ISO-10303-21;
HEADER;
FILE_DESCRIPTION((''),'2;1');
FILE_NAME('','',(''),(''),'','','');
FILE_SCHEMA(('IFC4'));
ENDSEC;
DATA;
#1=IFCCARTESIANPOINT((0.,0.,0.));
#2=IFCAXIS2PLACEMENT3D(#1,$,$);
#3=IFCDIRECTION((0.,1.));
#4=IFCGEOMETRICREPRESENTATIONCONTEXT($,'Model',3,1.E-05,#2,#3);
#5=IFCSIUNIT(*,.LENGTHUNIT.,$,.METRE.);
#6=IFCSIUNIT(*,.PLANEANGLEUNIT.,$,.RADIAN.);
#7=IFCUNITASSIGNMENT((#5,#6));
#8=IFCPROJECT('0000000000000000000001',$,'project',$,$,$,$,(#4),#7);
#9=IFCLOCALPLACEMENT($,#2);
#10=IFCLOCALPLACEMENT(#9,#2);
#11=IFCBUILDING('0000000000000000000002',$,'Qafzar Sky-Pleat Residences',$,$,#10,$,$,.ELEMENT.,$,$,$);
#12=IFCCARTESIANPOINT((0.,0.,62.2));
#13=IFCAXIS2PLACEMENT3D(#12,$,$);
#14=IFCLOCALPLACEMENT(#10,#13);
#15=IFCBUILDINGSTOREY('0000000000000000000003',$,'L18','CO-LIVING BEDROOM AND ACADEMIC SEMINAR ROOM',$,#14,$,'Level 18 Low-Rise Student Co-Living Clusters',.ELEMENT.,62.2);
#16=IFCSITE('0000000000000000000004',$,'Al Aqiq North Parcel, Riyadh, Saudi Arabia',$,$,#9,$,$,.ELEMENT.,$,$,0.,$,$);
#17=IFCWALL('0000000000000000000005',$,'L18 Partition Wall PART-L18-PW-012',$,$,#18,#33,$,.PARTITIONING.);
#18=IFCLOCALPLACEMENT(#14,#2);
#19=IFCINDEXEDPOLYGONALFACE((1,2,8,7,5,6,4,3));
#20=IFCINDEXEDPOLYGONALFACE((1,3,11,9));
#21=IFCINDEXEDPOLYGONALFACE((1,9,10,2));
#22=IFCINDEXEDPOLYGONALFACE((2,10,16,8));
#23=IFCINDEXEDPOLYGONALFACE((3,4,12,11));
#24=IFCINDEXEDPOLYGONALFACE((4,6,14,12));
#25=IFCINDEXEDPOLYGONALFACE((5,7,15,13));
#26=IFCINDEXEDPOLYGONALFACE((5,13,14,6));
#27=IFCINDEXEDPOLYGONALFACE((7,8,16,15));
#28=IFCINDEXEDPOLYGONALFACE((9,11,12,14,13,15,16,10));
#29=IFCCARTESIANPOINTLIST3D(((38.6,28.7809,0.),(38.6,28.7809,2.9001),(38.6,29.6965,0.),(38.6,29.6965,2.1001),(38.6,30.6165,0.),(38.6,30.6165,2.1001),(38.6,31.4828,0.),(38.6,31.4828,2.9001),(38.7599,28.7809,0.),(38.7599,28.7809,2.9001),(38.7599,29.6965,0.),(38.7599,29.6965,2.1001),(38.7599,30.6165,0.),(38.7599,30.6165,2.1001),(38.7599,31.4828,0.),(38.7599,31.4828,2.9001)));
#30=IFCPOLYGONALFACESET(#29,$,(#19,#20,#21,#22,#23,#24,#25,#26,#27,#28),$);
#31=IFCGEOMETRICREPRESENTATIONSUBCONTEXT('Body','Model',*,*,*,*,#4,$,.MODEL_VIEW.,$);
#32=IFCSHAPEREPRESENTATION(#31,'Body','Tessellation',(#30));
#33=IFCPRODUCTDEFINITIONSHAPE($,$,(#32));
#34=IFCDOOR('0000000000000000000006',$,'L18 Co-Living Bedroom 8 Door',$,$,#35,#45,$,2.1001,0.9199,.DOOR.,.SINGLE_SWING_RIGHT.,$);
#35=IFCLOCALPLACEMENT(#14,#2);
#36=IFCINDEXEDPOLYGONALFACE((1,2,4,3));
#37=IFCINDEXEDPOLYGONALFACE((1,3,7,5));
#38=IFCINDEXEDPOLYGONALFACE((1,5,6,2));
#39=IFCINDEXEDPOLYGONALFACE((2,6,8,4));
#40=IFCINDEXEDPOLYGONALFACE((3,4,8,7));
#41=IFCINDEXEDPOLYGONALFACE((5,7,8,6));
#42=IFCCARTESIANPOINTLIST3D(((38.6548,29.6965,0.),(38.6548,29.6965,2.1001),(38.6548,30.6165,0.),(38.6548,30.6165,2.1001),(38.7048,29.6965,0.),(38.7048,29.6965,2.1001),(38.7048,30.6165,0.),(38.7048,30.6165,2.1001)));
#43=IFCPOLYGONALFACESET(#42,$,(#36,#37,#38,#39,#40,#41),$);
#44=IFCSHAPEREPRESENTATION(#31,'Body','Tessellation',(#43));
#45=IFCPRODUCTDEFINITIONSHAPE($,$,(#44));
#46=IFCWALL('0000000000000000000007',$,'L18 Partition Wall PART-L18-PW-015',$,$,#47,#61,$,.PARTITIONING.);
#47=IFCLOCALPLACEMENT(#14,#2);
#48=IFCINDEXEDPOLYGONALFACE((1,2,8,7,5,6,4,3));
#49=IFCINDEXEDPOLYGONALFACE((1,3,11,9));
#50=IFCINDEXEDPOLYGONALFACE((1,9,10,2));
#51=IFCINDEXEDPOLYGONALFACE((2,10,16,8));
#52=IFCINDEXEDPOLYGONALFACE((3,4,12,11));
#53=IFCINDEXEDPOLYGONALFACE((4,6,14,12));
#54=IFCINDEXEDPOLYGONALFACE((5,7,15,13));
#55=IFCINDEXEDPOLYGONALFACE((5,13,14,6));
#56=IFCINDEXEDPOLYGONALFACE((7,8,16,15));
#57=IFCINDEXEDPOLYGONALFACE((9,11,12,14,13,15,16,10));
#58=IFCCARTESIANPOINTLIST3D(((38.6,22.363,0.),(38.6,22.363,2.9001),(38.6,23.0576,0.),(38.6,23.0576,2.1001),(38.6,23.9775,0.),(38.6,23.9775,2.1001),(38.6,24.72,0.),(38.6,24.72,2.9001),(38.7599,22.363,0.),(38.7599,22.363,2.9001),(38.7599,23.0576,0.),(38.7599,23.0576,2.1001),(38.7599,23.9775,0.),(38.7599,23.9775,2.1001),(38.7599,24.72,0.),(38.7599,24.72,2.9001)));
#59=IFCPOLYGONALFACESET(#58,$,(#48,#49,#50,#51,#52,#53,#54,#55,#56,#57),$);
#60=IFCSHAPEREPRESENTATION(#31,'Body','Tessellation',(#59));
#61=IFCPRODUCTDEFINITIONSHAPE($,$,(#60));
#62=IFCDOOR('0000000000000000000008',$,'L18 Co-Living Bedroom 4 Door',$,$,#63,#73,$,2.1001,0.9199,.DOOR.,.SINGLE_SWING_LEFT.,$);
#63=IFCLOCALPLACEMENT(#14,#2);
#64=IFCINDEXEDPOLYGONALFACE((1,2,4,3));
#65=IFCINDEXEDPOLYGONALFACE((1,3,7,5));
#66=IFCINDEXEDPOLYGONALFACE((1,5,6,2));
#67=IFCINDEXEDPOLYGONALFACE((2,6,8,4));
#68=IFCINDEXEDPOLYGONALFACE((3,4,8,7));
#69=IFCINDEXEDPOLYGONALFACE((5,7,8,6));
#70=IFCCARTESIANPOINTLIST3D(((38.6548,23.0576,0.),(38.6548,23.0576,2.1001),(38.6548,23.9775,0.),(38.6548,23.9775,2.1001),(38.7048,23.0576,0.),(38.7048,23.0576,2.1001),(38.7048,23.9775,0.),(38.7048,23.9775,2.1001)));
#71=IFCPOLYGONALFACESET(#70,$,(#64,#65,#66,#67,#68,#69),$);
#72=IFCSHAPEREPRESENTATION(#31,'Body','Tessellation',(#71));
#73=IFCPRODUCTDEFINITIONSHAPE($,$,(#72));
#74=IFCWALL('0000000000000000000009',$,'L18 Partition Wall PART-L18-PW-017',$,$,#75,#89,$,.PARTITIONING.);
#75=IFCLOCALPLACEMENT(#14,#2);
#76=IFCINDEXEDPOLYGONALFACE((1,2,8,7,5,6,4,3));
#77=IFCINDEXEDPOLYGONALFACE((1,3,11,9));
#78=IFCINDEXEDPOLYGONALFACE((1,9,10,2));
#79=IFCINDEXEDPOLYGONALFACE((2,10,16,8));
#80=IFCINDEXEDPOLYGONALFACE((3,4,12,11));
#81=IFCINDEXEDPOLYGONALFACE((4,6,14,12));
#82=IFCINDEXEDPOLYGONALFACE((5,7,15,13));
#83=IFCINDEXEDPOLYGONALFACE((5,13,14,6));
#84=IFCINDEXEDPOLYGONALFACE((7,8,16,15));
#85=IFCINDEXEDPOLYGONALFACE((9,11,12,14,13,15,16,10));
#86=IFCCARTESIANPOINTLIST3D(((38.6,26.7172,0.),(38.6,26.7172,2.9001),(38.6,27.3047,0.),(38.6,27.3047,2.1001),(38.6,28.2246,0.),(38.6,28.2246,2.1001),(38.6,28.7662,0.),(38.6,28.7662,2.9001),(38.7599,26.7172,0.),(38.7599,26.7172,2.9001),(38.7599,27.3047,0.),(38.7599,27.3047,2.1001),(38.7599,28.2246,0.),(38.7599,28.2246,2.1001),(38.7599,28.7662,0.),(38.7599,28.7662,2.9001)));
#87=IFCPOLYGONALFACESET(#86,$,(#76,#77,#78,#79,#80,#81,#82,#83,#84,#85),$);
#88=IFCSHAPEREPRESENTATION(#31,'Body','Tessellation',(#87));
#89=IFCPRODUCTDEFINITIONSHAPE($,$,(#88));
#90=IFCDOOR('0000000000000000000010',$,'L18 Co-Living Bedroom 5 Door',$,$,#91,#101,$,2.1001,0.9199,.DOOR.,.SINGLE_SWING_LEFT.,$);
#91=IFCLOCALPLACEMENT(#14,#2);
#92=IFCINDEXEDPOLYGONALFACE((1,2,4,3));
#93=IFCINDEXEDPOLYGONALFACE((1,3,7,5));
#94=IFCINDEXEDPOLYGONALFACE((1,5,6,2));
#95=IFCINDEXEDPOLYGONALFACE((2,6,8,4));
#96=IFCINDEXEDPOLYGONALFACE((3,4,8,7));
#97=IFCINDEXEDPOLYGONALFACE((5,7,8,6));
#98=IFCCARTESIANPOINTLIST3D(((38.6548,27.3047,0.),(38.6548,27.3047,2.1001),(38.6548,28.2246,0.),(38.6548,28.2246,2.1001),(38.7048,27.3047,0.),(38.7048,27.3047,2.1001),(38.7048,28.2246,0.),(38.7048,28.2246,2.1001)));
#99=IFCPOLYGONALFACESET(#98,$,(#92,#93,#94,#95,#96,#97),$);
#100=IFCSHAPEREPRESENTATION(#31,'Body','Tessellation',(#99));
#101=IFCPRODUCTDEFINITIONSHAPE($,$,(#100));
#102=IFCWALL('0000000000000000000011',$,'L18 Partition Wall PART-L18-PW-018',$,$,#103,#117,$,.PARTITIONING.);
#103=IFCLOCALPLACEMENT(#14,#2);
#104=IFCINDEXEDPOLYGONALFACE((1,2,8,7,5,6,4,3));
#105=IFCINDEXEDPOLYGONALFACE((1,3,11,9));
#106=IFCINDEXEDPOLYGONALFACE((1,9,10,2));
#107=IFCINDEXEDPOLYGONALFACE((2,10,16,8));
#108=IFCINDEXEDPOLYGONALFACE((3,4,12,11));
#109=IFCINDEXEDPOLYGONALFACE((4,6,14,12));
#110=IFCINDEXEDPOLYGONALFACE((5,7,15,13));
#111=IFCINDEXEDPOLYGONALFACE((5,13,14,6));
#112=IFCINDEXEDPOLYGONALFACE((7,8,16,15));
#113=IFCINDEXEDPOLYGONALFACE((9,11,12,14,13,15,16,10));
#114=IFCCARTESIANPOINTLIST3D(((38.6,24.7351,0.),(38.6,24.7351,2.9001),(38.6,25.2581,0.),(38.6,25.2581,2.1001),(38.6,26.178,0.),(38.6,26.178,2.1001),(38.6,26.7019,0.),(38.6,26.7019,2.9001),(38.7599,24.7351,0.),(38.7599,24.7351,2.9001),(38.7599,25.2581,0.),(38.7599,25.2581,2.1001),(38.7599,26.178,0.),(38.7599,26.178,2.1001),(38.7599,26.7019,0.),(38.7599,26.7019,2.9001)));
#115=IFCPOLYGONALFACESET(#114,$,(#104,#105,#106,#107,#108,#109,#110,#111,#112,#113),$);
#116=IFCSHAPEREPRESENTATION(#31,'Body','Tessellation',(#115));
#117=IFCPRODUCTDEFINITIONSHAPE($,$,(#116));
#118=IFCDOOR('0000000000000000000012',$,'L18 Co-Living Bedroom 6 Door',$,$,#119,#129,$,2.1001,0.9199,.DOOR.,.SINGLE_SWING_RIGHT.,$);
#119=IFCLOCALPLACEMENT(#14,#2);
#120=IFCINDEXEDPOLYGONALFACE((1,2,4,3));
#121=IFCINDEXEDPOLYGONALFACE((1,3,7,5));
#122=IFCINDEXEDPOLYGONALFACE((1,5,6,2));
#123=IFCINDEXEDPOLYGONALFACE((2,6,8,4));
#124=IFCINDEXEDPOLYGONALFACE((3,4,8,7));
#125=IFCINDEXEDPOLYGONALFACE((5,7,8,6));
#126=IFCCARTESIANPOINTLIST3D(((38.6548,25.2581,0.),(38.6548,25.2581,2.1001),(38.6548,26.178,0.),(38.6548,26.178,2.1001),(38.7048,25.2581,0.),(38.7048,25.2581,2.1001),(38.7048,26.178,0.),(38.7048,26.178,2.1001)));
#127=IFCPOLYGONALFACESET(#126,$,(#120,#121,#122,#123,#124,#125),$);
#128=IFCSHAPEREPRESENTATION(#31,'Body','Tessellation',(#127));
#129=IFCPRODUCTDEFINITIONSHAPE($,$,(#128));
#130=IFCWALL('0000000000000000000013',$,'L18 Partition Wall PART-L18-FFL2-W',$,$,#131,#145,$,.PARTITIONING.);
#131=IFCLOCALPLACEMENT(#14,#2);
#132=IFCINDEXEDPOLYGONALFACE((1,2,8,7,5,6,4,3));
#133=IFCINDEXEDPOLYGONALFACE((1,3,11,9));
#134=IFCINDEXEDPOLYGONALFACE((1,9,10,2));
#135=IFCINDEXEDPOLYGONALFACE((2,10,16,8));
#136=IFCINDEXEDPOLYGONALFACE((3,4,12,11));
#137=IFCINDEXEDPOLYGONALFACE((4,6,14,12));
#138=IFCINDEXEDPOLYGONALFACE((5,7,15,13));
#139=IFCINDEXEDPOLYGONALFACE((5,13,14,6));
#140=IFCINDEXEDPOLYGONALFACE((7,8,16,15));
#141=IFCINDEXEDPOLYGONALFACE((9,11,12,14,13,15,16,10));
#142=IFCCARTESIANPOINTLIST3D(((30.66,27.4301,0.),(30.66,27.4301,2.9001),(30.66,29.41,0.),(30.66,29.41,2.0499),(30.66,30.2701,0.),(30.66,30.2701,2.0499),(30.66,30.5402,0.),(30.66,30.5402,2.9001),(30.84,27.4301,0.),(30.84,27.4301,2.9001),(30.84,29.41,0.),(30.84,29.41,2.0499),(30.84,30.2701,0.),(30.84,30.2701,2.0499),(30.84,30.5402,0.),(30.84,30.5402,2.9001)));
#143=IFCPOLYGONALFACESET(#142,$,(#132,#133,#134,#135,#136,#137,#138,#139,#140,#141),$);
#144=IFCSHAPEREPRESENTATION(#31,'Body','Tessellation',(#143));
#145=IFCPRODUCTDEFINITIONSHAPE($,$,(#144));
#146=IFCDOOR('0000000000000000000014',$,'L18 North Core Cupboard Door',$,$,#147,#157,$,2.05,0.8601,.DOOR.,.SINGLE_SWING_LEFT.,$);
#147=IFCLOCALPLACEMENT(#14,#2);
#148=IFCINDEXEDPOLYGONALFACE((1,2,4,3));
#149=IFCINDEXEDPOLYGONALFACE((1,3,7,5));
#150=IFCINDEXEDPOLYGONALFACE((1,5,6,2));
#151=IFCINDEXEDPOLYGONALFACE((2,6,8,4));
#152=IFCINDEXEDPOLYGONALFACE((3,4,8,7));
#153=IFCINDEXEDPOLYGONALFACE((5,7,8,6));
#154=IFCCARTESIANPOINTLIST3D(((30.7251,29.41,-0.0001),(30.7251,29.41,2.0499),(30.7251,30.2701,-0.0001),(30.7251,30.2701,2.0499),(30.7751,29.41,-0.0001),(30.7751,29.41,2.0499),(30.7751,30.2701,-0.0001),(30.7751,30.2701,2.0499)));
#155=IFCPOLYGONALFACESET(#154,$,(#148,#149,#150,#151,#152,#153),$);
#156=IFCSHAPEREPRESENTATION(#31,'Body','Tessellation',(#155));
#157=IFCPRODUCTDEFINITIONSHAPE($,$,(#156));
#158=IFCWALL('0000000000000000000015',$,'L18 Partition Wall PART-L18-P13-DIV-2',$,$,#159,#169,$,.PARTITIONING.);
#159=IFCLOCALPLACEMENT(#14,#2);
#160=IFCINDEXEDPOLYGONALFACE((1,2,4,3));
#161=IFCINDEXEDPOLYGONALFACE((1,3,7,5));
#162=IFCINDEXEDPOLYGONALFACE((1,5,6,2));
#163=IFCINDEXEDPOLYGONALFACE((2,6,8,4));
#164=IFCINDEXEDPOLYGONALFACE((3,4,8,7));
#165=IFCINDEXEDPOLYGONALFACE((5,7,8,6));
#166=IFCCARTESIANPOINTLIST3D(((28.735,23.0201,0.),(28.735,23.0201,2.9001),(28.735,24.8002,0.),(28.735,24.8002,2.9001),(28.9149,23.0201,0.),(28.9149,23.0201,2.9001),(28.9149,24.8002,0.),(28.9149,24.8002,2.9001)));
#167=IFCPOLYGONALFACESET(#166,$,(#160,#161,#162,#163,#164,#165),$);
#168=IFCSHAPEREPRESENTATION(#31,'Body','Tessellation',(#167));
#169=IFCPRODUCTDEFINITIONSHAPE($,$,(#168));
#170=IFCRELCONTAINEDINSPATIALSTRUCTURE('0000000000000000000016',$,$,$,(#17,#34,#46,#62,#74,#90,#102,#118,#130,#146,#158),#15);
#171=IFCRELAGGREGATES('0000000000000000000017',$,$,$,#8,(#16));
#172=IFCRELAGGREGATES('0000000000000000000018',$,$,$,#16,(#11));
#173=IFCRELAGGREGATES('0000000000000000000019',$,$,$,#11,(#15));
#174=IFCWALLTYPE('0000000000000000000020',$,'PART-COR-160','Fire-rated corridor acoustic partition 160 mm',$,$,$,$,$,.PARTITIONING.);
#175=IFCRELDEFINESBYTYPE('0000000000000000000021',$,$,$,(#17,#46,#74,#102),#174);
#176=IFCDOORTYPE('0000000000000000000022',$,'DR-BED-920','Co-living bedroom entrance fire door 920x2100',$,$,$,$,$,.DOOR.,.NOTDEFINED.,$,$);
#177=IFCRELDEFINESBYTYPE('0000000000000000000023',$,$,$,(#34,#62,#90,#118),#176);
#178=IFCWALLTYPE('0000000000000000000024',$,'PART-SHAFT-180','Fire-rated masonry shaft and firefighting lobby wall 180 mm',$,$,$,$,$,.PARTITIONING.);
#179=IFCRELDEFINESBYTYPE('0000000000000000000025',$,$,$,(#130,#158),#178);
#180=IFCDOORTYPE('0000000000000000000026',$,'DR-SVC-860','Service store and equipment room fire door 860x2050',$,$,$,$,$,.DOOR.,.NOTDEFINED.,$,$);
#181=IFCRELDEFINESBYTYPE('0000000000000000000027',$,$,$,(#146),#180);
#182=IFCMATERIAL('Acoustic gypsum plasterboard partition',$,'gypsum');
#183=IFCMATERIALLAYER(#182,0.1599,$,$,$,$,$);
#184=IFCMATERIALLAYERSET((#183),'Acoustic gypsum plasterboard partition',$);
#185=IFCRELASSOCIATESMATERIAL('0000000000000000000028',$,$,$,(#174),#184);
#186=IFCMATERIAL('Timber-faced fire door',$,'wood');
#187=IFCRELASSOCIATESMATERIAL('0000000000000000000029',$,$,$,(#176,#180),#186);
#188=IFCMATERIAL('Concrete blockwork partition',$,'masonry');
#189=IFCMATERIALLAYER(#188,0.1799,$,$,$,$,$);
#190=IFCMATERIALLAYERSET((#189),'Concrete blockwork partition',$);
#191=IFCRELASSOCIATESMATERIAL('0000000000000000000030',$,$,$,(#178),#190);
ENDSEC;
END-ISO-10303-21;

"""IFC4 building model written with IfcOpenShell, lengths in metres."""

from ifc_helpers import new_model, si_unit, direction, frame, frame_2d, origin, place, context, subcontext, project, spatial, rectangle, extrude, source, transform, mapped, material, layer, layer_set, type_object, element, fill, save


model = new_model("IFC4")

# Units and contexts
model_context = context("Model", 3, precision=1e-05, world=origin(), true_north=direction((0.0, 1.0)))
body_context = subcontext(model_context, "Body", "Model", "MODEL_VIEW")
ifc_project = project(units=[si_unit("LENGTHUNIT", "METRE"), si_unit("PLANEANGLEUNIT", "RADIAN")], contexts=[model_context])

# Site, building, storey
site_placement = place(None, origin())
site = spatial("IfcSite", under=ifc_project, at=site_placement, Name="Al Aqiq North Parcel, Riyadh, Saudi Arabia", CompositionType="ELEMENT", RefElevation=0.0)
building_placement = place(site_placement, origin())
building = spatial("IfcBuilding", under=site, at=building_placement, Name="Qafzar Sky-Pleat Residences", CompositionType="ELEMENT")
storey_placement = place(building_placement, frame((0.0, 0.0, 62.2)))
storey = spatial("IfcBuildingStorey", under=building, at=storey_placement, Name="L18", Description="CO-LIVING BEDROOM AND ACADEMIC SEMINAR ROOM", LongName="Level 18 Low-Rise Student Co-Living Clusters", CompositionType="ELEMENT", Elevation=62.2)

# Walls, openings, doors
ifc_material_1 = material(Name="Acoustic gypsum plasterboard partition", Category="gypsum")
ifc_layer_1 = layer(ifc_material_1, 0.1599)
ifc_layer_set_1 = layer_set([ifc_layer_1], Name="Acoustic gypsum plasterboard partition")
wall_type_1 = type_object("IfcWallType", Name="PART-COR-160", Description="Fire-rated corridor acoustic partition 160 mm", PredefinedType="PARTITIONING", material=ifc_layer_set_1)
wall_1_placement = place(storey_placement, frame((38.6799, 31.4829, 0.0), z_axis=(0.0, 0.0, 1.0), x_axis=(0.0, -1.0, 0.0)))
wall_1 = element("IfcWall", 1, at=wall_1_placement, inside=storey, type_object=wall_type_1, Name="L18 Partition Wall PART-L18-PW-012", PredefinedType="PARTITIONING", context=body_context, shape_type="SweptSolid", body=[
    extrude(rectangle(XDim=2.7019, YDim=0.1599, at=frame_2d((1.3511, 0.0))), origin(), (0.0, 0.0, 1.0), 2.9001),
])
opening_1_placement = place(wall_1_placement, frame((0.8665, 0.0, 0.0)))
opening_1 = element("IfcOpeningElement", 2, at=opening_1_placement, cuts=wall_1, PredefinedType="OPENING", context=body_context, shape_type="SweptSolid", body=[
    extrude(rectangle(XDim=0.9199, YDim=2.1001, at=frame_2d((0.46, 1.05))), frame((0.0, 0.0898, 0.0), z_axis=(0.0, -1.0, 0.0), x_axis=(1.0, 0.0, 0.0)), (0.0, 0.0, 1.0), 0.1799),
])
ifc_material_2 = material(Name="Timber-faced fire door", Category="wood")
door_type_1 = type_object("IfcDoorType", Name="DR-BED-920", Description="Co-living bedroom entrance fire door 920x2100", OperationType="NOTDEFINED", PredefinedType="DOOR", material=ifc_material_2)
shared_shape_1 = source(origin(), body_context, "Body", "SweptSolid", [
    extrude(rectangle(XDim=0.9199, YDim=2.1001, at=frame_2d((0.46, 1.05))), frame((0.0, 0.0249, 0.0), z_axis=(0.0, -1.0, 0.0), x_axis=(1.0, 0.0, 0.0)), (0.0, 0.0, 1.0), 0.05),
])
door_1_placement = place(opening_1_placement, origin())
door_1 = element("IfcDoor", 3, at=door_1_placement, inside=storey, type_object=door_type_1, Name="L18 Co-Living Bedroom 8 Door", OperationType="SINGLE_SWING_RIGHT", OverallHeight=2.1001, OverallWidth=0.9199, PredefinedType="DOOR", context=body_context, shape_type="MappedRepresentation", body=[
    mapped(shared_shape_1, transform((0.0, 0.0, 0.0), x_axis=(1.0, 0.0, 0.0), y_axis=(0.0, 1.0, 0.0), z_axis=(0.0, 0.0, 1.0), scale=1.0)),
])
fill(opening_1, door_1)
wall_2_placement = place(storey_placement, frame((38.6799, 24.72, 0.0), z_axis=(0.0, 0.0, 1.0), x_axis=(0.0, -1.0, 0.0)))
wall_2 = element("IfcWall", 4, at=wall_2_placement, inside=storey, type_object=wall_type_1, Name="L18 Partition Wall PART-L18-PW-015", PredefinedType="PARTITIONING", context=body_context, shape_type="SweptSolid", body=[
    extrude(rectangle(XDim=2.3569, YDim=0.1599, at=frame_2d((1.1785, 0.0))), origin(), (0.0, 0.0, 1.0), 2.9001),
])
opening_2_placement = place(wall_2_placement, frame((0.7424, 0.0, 0.0)))
opening_2 = element("IfcOpeningElement", 5, at=opening_2_placement, cuts=wall_2, PredefinedType="OPENING", context=body_context, shape_type="SweptSolid", body=[
    extrude(rectangle(XDim=0.9199, YDim=2.1001, at=frame_2d((0.46, 1.05))), frame((0.0, 0.0898, 0.0), z_axis=(0.0, -1.0, 0.0), x_axis=(1.0, 0.0, 0.0)), (0.0, 0.0, 1.0), 0.1799),
])
door_2_placement = place(opening_2_placement, origin())
door_2 = element("IfcDoor", 6, at=door_2_placement, inside=storey, type_object=door_type_1, Name="L18 Co-Living Bedroom 4 Door", OperationType="SINGLE_SWING_LEFT", OverallHeight=2.1001, OverallWidth=0.9199, PredefinedType="DOOR", context=body_context, shape_type="MappedRepresentation", body=[
    mapped(shared_shape_1, transform((0.0, 0.0, 0.0), x_axis=(1.0, 0.0, 0.0), y_axis=(0.0, 1.0, 0.0), z_axis=(0.0, 0.0, 1.0), scale=1.0)),
])
fill(opening_2, door_2)
wall_3_placement = place(storey_placement, frame((38.6799, 28.7661, 0.0), z_axis=(0.0, 0.0, 1.0), x_axis=(0.0, -1.0, 0.0)))
wall_3 = element("IfcWall", 7, at=wall_3_placement, inside=storey, type_object=wall_type_1, Name="L18 Partition Wall PART-L18-PW-017", PredefinedType="PARTITIONING", context=body_context, shape_type="SweptSolid", body=[
    extrude(rectangle(XDim=2.0491, YDim=0.1599, at=frame_2d((1.0244, 0.0))), origin(), (0.0, 0.0, 1.0), 2.9001),
])
opening_3_placement = place(wall_3_placement, frame((0.5415, 0.0, 0.0)))
opening_3 = element("IfcOpeningElement", 8, at=opening_3_placement, cuts=wall_3, PredefinedType="OPENING", context=body_context, shape_type="SweptSolid", body=[
    extrude(rectangle(XDim=0.9199, YDim=2.1001, at=frame_2d((0.46, 1.05))), frame((0.0, 0.0898, 0.0), z_axis=(0.0, -1.0, 0.0), x_axis=(1.0, 0.0, 0.0)), (0.0, 0.0, 1.0), 0.1799),
])
door_3_placement = place(opening_3_placement, origin())
door_3 = element("IfcDoor", 9, at=door_3_placement, inside=storey, type_object=door_type_1, Name="L18 Co-Living Bedroom 5 Door", OperationType="SINGLE_SWING_LEFT", OverallHeight=2.1001, OverallWidth=0.9199, PredefinedType="DOOR", context=body_context, shape_type="MappedRepresentation", body=[
    mapped(shared_shape_1, transform((0.0, 0.0, 0.0), x_axis=(1.0, 0.0, 0.0), y_axis=(0.0, 1.0, 0.0), z_axis=(0.0, 0.0, 1.0), scale=1.0)),
])
fill(opening_3, door_3)
wall_4_placement = place(storey_placement, frame((38.6799, 26.7019, 0.0), z_axis=(0.0, 0.0, 1.0), x_axis=(0.0, -1.0, 0.0)))
wall_4 = element("IfcWall", 10, at=wall_4_placement, inside=storey, type_object=wall_type_1, Name="L18 Partition Wall PART-L18-PW-018", PredefinedType="PARTITIONING", context=body_context, shape_type="SweptSolid", body=[
    extrude(rectangle(XDim=1.9668, YDim=0.1599, at=frame_2d((0.9834, 0.0))), origin(), (0.0, 0.0, 1.0), 2.9001),
])
opening_4_placement = place(wall_4_placement, frame((0.5239, 0.0, 0.0)))
opening_4 = element("IfcOpeningElement", 11, at=opening_4_placement, cuts=wall_4, PredefinedType="OPENING", context=body_context, shape_type="SweptSolid", body=[
    extrude(rectangle(XDim=0.9199, YDim=2.1001, at=frame_2d((0.46, 1.05))), frame((0.0, 0.0898, 0.0), z_axis=(0.0, -1.0, 0.0), x_axis=(1.0, 0.0, 0.0)), (0.0, 0.0, 1.0), 0.1799),
])
door_4_placement = place(opening_4_placement, origin())
door_4 = element("IfcDoor", 12, at=door_4_placement, inside=storey, type_object=door_type_1, Name="L18 Co-Living Bedroom 6 Door", OperationType="SINGLE_SWING_RIGHT", OverallHeight=2.1001, OverallWidth=0.9199, PredefinedType="DOOR", context=body_context, shape_type="MappedRepresentation", body=[
    mapped(shared_shape_1, transform((0.0, 0.0, 0.0), x_axis=(1.0, 0.0, 0.0), y_axis=(0.0, 1.0, 0.0), z_axis=(0.0, 0.0, 1.0), scale=1.0)),
])
fill(opening_4, door_4)
ifc_material_3 = material(Name="Concrete blockwork partition", Category="masonry")
ifc_layer_2 = layer(ifc_material_3, 0.1799)
ifc_layer_set_2 = layer_set([ifc_layer_2], Name="Concrete blockwork partition")
wall_type_2 = type_object("IfcWallType", Name="PART-SHAFT-180", Description="Fire-rated masonry shaft and firefighting lobby wall 180 mm", PredefinedType="PARTITIONING", material=ifc_layer_set_2)
wall_5_placement = place(storey_placement, frame((30.75, 27.4299, 0.0), z_axis=(0.0, 0.0, 1.0), x_axis=(0.0, 1.0, 0.0)))
wall_5 = element("IfcWall", 13, at=wall_5_placement, inside=storey, type_object=wall_type_2, Name="L18 Partition Wall PART-L18-FFL2-W", PredefinedType="PARTITIONING", context=body_context, shape_type="SweptSolid", body=[
    extrude(rectangle(XDim=3.1101, YDim=0.1799, at=frame_2d((1.5552, 0.0))), origin(), (0.0, 0.0, 1.0), 2.9001),
])
opening_5_placement = place(wall_5_placement, frame((1.98, 0.0, 0.0)))
opening_5 = element("IfcOpeningElement", 14, at=opening_5_placement, cuts=wall_5, PredefinedType="OPENING", context=body_context, shape_type="SweptSolid", body=[
    extrude(rectangle(XDim=0.8601, YDim=2.05, at=frame_2d((0.4302, 1.0249))), frame((0.0, 0.1001, 0.0), z_axis=(0.0, -1.0, 0.0), x_axis=(1.0, 0.0, 0.0)), (0.0, 0.0, 1.0), 0.2),
])
door_type_2 = type_object("IfcDoorType", Name="DR-SVC-860", Description="Service store and equipment room fire door 860x2050", OperationType="NOTDEFINED", PredefinedType="DOOR", material=ifc_material_2)
shared_shape_2 = source(origin(), body_context, "Body", "SweptSolid", [
    extrude(rectangle(XDim=0.8601, YDim=2.05, at=frame_2d((0.4302, 1.0249))), frame((0.0, 0.0249, 0.0), z_axis=(0.0, -1.0, 0.0), x_axis=(1.0, 0.0, 0.0)), (0.0, 0.0, 1.0), 0.05),
])
door_5_placement = place(opening_5_placement, origin())
door_5 = element("IfcDoor", 15, at=door_5_placement, inside=storey, type_object=door_type_2, Name="L18 North Core Cupboard Door", OperationType="SINGLE_SWING_LEFT", OverallHeight=2.05, OverallWidth=0.8601, PredefinedType="DOOR", context=body_context, shape_type="MappedRepresentation", body=[
    mapped(shared_shape_2, transform((0.0, 0.0, 0.0), x_axis=(1.0, 0.0, 0.0), y_axis=(0.0, 1.0, 0.0), z_axis=(0.0, 0.0, 1.0), scale=1.0)),
])
fill(opening_5, door_5)

# Wall
wall_6_placement = place(storey_placement, frame((28.825, 23.02, 0.0), z_axis=(0.0, 0.0, 1.0), x_axis=(0.0, 1.0, 0.0)))
element("IfcWall", 16, at=wall_6_placement, inside=storey, type_object=wall_type_2, Name="L18 Partition Wall PART-L18-P13-DIV-2", PredefinedType="PARTITIONING", context=body_context, shape_type="SweptSolid", body=[
    extrude(rectangle(XDim=1.78, YDim=0.1799, at=frame_2d((0.8901, 0.0))), origin(), (0.0, 0.0, 1.0), 2.9001),
])

save(model, "model.ifc")
